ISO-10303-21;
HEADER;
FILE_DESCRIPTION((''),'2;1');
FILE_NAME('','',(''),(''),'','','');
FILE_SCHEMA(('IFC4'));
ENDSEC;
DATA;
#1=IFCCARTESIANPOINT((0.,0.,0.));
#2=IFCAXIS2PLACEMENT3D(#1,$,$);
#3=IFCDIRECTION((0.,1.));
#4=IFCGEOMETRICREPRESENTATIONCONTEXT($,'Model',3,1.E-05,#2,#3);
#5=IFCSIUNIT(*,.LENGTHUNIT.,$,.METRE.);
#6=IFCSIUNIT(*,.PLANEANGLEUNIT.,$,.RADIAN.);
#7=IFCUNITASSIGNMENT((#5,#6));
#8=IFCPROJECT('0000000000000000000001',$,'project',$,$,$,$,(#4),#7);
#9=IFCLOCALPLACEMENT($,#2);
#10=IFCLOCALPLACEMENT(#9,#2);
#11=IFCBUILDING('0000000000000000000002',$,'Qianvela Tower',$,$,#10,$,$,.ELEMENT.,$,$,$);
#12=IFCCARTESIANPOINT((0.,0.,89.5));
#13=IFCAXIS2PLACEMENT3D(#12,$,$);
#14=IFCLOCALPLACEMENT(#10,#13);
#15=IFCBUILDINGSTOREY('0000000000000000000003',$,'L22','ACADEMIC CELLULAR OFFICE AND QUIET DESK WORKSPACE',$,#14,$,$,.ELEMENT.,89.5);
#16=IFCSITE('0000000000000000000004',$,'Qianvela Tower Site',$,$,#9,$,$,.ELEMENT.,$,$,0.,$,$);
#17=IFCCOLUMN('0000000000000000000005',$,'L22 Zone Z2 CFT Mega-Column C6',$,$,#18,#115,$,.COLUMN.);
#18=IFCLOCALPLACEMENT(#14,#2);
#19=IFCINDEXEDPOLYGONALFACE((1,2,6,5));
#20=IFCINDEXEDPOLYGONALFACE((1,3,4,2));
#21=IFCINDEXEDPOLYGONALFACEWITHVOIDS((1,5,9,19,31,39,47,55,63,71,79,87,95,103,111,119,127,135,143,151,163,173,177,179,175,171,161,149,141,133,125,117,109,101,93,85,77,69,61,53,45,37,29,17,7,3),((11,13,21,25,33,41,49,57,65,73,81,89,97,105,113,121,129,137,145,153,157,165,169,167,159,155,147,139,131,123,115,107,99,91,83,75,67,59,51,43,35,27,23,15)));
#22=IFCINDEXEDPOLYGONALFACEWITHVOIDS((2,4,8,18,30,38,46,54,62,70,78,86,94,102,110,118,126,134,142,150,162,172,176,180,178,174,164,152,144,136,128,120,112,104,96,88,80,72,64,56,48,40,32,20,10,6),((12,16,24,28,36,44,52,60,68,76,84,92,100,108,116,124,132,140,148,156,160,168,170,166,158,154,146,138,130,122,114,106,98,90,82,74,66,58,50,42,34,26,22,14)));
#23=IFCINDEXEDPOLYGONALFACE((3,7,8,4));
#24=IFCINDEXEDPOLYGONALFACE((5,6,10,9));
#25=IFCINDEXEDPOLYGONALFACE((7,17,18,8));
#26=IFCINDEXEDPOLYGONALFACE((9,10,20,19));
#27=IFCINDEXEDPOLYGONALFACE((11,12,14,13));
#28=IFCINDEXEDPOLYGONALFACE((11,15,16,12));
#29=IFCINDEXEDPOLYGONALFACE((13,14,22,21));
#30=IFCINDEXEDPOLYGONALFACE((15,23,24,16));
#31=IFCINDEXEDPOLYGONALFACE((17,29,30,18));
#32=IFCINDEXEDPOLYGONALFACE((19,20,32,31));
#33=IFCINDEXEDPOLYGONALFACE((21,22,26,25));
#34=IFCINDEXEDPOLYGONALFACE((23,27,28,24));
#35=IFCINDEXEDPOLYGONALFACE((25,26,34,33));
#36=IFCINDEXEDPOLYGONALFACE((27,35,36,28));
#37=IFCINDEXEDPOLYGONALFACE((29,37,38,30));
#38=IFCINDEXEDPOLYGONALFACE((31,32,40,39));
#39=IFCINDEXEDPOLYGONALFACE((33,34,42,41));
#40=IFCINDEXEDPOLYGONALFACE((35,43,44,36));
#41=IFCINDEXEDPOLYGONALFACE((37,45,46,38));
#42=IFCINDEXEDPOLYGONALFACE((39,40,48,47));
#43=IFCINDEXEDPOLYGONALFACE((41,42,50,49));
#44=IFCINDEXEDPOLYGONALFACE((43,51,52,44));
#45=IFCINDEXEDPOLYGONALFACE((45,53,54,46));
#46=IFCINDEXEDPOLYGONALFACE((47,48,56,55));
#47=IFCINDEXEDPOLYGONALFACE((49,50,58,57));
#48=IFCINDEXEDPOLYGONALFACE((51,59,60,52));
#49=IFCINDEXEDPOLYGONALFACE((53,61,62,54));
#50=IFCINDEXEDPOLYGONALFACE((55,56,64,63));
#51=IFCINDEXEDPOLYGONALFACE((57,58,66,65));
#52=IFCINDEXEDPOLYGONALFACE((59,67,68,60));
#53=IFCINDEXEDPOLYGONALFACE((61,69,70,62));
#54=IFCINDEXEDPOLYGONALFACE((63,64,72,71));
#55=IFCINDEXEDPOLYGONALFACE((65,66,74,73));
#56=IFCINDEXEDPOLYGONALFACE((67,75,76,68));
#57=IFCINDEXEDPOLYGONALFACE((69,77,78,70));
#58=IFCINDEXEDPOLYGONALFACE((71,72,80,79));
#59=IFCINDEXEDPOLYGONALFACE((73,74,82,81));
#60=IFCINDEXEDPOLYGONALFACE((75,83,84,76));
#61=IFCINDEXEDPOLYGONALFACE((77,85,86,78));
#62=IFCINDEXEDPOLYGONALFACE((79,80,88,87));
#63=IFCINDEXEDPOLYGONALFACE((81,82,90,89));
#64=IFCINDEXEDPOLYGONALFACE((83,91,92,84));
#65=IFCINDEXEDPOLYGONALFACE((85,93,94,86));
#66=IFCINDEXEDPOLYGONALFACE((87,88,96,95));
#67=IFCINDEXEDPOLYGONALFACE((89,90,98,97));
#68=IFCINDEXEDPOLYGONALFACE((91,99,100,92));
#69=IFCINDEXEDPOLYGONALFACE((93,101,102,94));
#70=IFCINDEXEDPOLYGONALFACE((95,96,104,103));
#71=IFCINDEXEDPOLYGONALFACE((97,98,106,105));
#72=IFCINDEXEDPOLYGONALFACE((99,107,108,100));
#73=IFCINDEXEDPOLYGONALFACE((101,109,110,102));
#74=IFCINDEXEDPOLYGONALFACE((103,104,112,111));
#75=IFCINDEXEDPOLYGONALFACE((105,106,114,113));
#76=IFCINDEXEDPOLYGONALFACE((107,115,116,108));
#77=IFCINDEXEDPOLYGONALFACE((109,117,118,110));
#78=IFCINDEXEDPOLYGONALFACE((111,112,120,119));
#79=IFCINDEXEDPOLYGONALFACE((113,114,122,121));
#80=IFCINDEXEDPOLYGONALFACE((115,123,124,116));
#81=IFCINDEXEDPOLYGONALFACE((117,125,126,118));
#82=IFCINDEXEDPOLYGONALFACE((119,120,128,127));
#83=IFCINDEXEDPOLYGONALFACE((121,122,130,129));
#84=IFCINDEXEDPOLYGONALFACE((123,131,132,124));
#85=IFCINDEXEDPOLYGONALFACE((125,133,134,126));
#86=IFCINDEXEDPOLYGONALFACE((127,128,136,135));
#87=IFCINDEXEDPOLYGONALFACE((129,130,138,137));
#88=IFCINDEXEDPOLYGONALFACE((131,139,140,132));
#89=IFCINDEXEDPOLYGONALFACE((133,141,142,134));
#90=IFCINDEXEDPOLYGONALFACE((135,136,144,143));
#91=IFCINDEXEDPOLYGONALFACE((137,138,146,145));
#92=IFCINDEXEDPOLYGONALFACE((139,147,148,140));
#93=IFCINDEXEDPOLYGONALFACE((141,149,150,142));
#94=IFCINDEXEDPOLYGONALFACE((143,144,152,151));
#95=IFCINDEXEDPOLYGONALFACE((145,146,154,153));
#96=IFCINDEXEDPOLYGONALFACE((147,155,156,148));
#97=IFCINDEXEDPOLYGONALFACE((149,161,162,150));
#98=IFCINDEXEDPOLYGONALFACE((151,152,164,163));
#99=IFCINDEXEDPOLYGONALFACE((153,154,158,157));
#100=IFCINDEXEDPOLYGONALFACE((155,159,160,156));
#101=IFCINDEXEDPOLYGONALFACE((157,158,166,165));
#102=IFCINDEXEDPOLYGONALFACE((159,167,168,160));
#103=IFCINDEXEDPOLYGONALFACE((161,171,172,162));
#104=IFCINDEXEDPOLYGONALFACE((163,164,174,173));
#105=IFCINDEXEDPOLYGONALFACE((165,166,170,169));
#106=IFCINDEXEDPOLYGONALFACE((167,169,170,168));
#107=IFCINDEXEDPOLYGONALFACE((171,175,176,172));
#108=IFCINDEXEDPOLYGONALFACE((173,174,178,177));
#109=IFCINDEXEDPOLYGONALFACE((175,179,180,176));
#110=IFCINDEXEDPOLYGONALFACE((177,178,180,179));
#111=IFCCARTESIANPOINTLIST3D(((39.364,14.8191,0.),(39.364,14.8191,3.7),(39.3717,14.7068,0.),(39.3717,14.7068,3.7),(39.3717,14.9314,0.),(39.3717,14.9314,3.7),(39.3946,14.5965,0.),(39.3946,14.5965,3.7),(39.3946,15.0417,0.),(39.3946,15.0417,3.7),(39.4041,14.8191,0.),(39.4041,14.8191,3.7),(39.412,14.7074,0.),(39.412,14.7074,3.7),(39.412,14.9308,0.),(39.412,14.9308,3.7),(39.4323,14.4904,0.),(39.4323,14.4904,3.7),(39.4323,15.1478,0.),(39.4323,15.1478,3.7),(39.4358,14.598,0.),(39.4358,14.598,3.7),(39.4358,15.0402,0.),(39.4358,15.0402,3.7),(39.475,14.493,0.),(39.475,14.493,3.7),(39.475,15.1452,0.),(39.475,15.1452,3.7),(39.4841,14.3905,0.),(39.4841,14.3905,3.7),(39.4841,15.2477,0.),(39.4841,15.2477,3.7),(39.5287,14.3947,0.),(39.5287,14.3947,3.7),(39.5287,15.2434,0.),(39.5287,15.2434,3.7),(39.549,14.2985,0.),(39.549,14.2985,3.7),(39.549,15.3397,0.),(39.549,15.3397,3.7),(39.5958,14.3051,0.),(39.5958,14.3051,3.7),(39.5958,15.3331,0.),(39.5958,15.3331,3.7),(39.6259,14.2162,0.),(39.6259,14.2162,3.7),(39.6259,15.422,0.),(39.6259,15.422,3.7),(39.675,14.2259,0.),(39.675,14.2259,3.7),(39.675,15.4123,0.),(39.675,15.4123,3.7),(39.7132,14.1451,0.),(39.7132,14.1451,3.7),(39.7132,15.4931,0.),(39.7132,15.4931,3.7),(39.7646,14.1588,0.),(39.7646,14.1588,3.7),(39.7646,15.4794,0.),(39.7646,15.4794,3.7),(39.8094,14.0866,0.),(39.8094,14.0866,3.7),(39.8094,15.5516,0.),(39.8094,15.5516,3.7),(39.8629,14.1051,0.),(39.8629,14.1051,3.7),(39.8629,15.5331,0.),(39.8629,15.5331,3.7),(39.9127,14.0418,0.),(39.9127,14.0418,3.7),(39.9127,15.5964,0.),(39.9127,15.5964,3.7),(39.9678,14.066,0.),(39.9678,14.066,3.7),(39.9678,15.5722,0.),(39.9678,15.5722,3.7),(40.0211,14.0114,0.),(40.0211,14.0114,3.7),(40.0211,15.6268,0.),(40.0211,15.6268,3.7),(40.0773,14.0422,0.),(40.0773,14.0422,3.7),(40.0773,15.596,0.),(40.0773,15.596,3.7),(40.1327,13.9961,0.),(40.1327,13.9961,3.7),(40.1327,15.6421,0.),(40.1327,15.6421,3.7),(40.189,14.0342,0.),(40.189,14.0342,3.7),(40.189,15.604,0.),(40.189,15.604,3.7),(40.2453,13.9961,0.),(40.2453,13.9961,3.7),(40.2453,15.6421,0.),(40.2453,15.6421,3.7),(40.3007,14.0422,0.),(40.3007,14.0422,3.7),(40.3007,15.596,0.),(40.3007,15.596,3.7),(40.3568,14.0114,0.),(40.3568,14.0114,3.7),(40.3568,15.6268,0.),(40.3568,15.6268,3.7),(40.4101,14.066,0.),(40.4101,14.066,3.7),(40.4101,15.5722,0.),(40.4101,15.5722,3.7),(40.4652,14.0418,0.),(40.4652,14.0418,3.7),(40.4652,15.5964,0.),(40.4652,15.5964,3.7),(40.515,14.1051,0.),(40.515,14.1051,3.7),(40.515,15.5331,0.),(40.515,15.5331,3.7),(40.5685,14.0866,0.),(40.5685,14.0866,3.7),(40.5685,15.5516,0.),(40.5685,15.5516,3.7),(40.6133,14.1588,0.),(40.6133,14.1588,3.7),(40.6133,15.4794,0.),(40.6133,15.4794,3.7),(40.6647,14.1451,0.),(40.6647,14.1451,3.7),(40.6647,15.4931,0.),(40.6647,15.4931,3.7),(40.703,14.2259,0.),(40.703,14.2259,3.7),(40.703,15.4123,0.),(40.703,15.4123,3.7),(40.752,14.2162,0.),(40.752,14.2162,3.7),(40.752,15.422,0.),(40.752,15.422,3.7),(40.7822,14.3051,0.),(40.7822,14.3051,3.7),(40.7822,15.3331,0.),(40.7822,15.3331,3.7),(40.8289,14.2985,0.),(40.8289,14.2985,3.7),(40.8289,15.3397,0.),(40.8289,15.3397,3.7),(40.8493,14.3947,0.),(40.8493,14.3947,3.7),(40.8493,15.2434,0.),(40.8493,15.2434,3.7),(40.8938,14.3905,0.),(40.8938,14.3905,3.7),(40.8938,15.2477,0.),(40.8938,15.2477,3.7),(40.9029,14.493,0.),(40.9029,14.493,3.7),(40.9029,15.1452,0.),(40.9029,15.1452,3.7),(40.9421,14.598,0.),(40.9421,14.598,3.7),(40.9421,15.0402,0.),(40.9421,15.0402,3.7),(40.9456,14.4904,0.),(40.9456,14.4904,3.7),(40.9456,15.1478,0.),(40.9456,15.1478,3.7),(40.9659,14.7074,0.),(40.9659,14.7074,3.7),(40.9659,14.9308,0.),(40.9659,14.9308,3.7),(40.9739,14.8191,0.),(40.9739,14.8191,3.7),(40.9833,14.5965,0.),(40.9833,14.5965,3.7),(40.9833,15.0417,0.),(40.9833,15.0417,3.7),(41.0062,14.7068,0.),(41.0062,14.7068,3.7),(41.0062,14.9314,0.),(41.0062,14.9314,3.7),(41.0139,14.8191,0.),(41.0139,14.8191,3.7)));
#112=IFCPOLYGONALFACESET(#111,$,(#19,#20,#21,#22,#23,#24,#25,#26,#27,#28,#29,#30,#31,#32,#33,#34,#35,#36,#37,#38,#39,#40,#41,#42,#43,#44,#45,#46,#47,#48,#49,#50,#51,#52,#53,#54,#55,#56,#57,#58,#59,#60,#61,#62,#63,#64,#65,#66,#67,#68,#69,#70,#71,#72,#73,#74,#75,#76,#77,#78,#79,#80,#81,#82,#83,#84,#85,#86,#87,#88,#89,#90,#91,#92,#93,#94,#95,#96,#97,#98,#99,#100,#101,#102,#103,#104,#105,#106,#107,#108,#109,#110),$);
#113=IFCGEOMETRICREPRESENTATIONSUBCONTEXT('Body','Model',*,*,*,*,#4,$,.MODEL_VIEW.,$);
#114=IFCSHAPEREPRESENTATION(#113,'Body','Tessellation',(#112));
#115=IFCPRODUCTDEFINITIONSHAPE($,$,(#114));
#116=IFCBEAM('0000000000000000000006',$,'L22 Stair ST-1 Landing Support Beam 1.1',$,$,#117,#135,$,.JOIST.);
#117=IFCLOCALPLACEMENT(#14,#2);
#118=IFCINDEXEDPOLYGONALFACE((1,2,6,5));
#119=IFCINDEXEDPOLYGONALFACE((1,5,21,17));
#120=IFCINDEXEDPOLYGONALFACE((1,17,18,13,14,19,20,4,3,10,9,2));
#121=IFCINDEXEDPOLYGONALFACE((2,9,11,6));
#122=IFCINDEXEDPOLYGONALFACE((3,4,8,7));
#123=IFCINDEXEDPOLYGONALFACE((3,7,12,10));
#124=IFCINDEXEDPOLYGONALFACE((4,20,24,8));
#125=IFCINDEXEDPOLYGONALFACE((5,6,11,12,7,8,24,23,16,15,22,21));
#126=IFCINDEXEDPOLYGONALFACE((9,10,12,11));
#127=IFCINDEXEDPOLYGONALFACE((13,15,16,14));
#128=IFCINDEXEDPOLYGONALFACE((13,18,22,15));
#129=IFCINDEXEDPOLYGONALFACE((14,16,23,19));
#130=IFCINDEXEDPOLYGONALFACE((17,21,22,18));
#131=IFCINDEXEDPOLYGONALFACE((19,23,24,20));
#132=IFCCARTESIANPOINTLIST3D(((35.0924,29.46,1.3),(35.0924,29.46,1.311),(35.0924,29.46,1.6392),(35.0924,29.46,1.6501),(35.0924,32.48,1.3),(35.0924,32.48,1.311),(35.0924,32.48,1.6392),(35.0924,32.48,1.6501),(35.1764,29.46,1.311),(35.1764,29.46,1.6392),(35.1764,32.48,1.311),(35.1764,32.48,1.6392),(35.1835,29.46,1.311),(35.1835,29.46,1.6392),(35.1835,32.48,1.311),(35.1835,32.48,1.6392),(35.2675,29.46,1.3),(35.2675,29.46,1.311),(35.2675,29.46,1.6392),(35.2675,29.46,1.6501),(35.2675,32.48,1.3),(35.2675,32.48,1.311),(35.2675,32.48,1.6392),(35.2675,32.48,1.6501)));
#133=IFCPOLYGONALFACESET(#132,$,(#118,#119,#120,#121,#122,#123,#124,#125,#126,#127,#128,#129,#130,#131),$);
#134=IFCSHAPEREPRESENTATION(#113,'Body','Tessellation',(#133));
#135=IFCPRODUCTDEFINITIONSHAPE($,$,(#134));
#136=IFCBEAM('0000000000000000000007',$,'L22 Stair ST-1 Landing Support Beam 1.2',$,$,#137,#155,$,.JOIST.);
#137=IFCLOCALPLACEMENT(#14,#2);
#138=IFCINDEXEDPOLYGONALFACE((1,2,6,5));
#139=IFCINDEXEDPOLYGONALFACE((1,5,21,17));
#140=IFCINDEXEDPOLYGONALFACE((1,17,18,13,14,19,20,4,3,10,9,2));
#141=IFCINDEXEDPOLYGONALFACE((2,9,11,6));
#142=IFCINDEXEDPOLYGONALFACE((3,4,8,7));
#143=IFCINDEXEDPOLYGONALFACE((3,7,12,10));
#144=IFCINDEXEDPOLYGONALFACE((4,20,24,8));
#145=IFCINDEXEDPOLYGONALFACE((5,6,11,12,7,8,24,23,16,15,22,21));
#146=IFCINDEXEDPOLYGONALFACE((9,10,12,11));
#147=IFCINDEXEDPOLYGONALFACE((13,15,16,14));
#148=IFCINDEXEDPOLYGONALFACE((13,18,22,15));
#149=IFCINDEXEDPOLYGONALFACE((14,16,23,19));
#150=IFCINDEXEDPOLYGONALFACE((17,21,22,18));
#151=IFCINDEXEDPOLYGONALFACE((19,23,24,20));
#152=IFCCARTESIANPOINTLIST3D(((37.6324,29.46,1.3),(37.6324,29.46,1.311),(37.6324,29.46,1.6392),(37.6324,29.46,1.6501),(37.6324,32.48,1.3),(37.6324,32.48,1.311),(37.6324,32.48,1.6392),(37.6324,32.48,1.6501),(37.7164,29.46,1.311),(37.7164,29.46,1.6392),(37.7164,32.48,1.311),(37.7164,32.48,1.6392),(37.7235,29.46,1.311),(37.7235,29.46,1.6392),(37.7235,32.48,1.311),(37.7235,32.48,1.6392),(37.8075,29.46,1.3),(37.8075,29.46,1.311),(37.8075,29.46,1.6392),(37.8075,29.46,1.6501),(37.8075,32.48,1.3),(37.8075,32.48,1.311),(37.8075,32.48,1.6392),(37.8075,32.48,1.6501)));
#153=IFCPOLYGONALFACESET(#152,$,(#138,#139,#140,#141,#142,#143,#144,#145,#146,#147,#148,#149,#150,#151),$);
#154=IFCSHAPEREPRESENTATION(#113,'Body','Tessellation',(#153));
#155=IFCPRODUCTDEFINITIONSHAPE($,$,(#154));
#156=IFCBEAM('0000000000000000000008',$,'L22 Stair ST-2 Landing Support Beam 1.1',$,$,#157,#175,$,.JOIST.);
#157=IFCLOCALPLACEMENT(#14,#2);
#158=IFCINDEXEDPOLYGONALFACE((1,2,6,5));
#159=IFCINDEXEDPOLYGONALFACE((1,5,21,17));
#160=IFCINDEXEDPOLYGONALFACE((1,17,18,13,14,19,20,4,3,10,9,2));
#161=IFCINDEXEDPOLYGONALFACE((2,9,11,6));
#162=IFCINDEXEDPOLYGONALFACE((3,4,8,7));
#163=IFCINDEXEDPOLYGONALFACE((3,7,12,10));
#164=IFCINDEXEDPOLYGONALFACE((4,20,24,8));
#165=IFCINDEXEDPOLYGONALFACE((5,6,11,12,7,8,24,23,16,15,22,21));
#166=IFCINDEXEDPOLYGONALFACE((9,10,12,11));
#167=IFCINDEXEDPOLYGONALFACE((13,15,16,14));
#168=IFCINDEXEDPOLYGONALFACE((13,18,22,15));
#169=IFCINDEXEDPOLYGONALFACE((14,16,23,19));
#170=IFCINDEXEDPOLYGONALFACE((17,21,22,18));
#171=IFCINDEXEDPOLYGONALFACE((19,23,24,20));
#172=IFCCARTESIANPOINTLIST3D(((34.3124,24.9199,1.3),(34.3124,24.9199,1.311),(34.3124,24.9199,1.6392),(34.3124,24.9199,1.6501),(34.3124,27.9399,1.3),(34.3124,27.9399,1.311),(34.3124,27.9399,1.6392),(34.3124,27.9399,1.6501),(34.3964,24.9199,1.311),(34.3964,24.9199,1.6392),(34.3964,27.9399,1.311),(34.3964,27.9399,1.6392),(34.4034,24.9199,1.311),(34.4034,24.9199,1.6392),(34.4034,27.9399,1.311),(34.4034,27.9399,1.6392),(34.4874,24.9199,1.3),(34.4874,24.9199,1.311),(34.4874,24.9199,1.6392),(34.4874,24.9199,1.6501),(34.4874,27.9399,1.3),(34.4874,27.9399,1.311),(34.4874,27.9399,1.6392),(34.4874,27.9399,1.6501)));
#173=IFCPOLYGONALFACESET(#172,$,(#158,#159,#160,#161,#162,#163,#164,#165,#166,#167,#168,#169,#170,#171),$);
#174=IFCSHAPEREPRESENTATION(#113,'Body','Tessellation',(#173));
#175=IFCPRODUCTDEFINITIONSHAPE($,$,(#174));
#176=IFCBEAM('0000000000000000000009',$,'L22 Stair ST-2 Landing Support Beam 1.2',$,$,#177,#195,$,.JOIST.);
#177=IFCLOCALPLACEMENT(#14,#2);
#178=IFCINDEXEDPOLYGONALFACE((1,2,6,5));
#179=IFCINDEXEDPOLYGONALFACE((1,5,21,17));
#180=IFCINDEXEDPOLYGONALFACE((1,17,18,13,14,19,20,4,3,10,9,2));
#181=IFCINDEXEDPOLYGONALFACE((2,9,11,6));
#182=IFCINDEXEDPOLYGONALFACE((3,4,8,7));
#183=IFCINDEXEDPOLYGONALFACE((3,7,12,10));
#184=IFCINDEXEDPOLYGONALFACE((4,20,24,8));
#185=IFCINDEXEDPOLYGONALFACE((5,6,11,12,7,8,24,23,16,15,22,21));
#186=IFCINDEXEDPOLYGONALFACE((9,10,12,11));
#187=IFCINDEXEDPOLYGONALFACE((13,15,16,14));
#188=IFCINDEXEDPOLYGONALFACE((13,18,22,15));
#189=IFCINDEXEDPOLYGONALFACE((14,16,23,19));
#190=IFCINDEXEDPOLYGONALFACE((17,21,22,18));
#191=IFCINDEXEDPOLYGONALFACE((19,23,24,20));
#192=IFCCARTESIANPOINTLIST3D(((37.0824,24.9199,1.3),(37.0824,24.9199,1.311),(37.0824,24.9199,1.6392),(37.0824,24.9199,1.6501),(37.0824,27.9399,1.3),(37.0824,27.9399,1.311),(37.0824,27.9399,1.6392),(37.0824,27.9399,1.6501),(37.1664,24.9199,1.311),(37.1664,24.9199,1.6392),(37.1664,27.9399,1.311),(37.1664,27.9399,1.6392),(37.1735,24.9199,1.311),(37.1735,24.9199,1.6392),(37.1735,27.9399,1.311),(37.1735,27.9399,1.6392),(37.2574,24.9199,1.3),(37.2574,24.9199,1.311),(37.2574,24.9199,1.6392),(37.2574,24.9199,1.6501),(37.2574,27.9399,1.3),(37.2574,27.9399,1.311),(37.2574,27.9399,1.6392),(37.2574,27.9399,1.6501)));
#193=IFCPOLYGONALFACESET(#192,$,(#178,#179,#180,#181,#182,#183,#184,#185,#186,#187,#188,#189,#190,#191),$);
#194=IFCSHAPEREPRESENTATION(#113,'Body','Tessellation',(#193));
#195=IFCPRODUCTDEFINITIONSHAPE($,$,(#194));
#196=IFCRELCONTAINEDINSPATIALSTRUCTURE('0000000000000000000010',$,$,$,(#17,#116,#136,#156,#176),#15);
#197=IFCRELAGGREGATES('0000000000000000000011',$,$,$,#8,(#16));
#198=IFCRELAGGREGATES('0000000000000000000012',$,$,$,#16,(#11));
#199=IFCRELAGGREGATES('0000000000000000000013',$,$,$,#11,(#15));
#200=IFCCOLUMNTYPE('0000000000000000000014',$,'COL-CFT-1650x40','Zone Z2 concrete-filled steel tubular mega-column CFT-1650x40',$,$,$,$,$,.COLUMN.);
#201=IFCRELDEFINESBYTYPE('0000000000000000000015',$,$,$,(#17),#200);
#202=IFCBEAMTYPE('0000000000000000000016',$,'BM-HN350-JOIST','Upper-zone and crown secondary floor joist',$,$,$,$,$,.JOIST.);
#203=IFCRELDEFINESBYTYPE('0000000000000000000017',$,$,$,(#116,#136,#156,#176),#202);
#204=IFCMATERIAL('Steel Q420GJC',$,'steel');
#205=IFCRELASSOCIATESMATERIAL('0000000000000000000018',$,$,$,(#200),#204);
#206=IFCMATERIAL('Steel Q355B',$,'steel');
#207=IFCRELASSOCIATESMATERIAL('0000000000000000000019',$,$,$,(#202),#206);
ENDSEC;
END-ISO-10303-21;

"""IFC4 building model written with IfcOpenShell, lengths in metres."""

from ifc_helpers import new_model, si_unit, direction, frame, origin, origin_2d, place, context, subcontext, project, spatial, hollow_circle, i_section, extrude, material, material_profile, profile_set, type_object, element, save


model = new_model("IFC4")

# Units and contexts
model_context = context("Model", 3, precision=1e-05, world=origin(), true_north=direction((0.0, 1.0)))
body_context = subcontext(model_context, "Body", "Model", "MODEL_VIEW")
ifc_project = project(units=[si_unit("LENGTHUNIT", "METRE"), si_unit("PLANEANGLEUNIT", "RADIAN")], contexts=[model_context])

# Site, building, storey
site_placement = place(None, origin())
site = spatial("IfcSite", under=ifc_project, at=site_placement, Name="Qianvela Tower Site", CompositionType="ELEMENT", RefElevation=0.0)
building_placement = place(site_placement, origin())
building = spatial("IfcBuilding", under=site, at=building_placement, Name="Qianvela Tower", CompositionType="ELEMENT")
storey_placement = place(building_placement, frame((0.0, 0.0, 89.5)))
storey = spatial("IfcBuildingStorey", under=building, at=storey_placement, Name="L22", Description="ACADEMIC CELLULAR OFFICE AND QUIET DESK WORKSPACE", CompositionType="ELEMENT", Elevation=89.5)

# Column
ifc_material_1 = material(Name="Steel Q420GJC", Category="steel")
ifc_material_profile_1 = material_profile(ifc_material_1, hollow_circle(Radius=0.825, WallThickness=0.04, at=origin_2d()), Name="CFT-1650x40")
ifc_profile_set_1 = profile_set([ifc_material_profile_1], Name="Steel Q420GJC")
column_type = type_object("IfcColumnType", Name="COL-CFT-1650x40", Description="Zone Z2 concrete-filled steel tubular mega-column CFT-1650x40", PredefinedType="COLUMN", material=ifc_profile_set_1)
for number, where, z_axis, x_axis, name in (
    (1, (40.189, 14.8191, 0.0), (0.0, 0.0, 1.0), (1.0, 0.0, 0.0), "L22 Zone Z2 CFT Mega-Column C6"),
):
    element("IfcColumn", number, at=place(storey_placement, frame(where, z_axis=z_axis, x_axis=x_axis)), inside=storey, type_object=column_type, Name=name, PredefinedType="COLUMN", context=body_context, shape_type="SweptSolid", body=[
        extrude(hollow_circle(Radius=0.825, WallThickness=0.04, at=origin_2d()), origin(), (0.0, 0.0, 1.0), 3.7),
    ])

# Beams
ifc_material_2 = material(Name="Steel Q355B", Category="steel")
ifc_material_profile_2 = material_profile(ifc_material_2, i_section(OverallWidth=0.175, OverallDepth=0.3501, WebThickness=0.0071, FlangeThickness=0.011, at=origin_2d()), Name="HN350x175x7x11")
ifc_profile_set_2 = profile_set([ifc_material_profile_2], Name="Steel Q355B")
beam_type_1 = type_object("IfcBeamType", Name="BM-HN350-JOIST", Description="Upper-zone and crown secondary floor joist", PredefinedType="JOIST", material=ifc_profile_set_2)
for number, where, z_axis, x_axis, name in (
    (2, (35.1799, 29.46, 1.4751), (0.0, 1.0, 0.0), (-1.0, 0.0, 0.0), "L22 Stair ST-1 Landing Support Beam 1.1"),
    (3, (37.72, 29.46, 1.4751), (0.0, 1.0, 0.0), (-1.0, 0.0, 0.0), "L22 Stair ST-1 Landing Support Beam 1.2"),
    (4, (34.3999, 24.9199, 1.4751), (0.0, 1.0, 0.0), (-1.0, 0.0, 0.0), "L22 Stair ST-2 Landing Support Beam 1.1"),
    (5, (37.1699, 24.9199, 1.4751), (0.0, 1.0, 0.0), (-1.0, 0.0, 0.0), "L22 Stair ST-2 Landing Support Beam 1.2"),
):
    element("IfcBeam", number, at=place(storey_placement, frame(where, z_axis=z_axis, x_axis=x_axis)), inside=storey, type_object=beam_type_1, Name=name, PredefinedType="JOIST", context=body_context, shape_type="SweptSolid", body=[
        extrude(i_section(OverallWidth=0.175, OverallDepth=0.3501, WebThickness=0.0071, FlangeThickness=0.011, at=origin_2d()), origin(), (0.0, 0.0, 1.0), 3.02),
    ])

save(model, "model.ifc")
